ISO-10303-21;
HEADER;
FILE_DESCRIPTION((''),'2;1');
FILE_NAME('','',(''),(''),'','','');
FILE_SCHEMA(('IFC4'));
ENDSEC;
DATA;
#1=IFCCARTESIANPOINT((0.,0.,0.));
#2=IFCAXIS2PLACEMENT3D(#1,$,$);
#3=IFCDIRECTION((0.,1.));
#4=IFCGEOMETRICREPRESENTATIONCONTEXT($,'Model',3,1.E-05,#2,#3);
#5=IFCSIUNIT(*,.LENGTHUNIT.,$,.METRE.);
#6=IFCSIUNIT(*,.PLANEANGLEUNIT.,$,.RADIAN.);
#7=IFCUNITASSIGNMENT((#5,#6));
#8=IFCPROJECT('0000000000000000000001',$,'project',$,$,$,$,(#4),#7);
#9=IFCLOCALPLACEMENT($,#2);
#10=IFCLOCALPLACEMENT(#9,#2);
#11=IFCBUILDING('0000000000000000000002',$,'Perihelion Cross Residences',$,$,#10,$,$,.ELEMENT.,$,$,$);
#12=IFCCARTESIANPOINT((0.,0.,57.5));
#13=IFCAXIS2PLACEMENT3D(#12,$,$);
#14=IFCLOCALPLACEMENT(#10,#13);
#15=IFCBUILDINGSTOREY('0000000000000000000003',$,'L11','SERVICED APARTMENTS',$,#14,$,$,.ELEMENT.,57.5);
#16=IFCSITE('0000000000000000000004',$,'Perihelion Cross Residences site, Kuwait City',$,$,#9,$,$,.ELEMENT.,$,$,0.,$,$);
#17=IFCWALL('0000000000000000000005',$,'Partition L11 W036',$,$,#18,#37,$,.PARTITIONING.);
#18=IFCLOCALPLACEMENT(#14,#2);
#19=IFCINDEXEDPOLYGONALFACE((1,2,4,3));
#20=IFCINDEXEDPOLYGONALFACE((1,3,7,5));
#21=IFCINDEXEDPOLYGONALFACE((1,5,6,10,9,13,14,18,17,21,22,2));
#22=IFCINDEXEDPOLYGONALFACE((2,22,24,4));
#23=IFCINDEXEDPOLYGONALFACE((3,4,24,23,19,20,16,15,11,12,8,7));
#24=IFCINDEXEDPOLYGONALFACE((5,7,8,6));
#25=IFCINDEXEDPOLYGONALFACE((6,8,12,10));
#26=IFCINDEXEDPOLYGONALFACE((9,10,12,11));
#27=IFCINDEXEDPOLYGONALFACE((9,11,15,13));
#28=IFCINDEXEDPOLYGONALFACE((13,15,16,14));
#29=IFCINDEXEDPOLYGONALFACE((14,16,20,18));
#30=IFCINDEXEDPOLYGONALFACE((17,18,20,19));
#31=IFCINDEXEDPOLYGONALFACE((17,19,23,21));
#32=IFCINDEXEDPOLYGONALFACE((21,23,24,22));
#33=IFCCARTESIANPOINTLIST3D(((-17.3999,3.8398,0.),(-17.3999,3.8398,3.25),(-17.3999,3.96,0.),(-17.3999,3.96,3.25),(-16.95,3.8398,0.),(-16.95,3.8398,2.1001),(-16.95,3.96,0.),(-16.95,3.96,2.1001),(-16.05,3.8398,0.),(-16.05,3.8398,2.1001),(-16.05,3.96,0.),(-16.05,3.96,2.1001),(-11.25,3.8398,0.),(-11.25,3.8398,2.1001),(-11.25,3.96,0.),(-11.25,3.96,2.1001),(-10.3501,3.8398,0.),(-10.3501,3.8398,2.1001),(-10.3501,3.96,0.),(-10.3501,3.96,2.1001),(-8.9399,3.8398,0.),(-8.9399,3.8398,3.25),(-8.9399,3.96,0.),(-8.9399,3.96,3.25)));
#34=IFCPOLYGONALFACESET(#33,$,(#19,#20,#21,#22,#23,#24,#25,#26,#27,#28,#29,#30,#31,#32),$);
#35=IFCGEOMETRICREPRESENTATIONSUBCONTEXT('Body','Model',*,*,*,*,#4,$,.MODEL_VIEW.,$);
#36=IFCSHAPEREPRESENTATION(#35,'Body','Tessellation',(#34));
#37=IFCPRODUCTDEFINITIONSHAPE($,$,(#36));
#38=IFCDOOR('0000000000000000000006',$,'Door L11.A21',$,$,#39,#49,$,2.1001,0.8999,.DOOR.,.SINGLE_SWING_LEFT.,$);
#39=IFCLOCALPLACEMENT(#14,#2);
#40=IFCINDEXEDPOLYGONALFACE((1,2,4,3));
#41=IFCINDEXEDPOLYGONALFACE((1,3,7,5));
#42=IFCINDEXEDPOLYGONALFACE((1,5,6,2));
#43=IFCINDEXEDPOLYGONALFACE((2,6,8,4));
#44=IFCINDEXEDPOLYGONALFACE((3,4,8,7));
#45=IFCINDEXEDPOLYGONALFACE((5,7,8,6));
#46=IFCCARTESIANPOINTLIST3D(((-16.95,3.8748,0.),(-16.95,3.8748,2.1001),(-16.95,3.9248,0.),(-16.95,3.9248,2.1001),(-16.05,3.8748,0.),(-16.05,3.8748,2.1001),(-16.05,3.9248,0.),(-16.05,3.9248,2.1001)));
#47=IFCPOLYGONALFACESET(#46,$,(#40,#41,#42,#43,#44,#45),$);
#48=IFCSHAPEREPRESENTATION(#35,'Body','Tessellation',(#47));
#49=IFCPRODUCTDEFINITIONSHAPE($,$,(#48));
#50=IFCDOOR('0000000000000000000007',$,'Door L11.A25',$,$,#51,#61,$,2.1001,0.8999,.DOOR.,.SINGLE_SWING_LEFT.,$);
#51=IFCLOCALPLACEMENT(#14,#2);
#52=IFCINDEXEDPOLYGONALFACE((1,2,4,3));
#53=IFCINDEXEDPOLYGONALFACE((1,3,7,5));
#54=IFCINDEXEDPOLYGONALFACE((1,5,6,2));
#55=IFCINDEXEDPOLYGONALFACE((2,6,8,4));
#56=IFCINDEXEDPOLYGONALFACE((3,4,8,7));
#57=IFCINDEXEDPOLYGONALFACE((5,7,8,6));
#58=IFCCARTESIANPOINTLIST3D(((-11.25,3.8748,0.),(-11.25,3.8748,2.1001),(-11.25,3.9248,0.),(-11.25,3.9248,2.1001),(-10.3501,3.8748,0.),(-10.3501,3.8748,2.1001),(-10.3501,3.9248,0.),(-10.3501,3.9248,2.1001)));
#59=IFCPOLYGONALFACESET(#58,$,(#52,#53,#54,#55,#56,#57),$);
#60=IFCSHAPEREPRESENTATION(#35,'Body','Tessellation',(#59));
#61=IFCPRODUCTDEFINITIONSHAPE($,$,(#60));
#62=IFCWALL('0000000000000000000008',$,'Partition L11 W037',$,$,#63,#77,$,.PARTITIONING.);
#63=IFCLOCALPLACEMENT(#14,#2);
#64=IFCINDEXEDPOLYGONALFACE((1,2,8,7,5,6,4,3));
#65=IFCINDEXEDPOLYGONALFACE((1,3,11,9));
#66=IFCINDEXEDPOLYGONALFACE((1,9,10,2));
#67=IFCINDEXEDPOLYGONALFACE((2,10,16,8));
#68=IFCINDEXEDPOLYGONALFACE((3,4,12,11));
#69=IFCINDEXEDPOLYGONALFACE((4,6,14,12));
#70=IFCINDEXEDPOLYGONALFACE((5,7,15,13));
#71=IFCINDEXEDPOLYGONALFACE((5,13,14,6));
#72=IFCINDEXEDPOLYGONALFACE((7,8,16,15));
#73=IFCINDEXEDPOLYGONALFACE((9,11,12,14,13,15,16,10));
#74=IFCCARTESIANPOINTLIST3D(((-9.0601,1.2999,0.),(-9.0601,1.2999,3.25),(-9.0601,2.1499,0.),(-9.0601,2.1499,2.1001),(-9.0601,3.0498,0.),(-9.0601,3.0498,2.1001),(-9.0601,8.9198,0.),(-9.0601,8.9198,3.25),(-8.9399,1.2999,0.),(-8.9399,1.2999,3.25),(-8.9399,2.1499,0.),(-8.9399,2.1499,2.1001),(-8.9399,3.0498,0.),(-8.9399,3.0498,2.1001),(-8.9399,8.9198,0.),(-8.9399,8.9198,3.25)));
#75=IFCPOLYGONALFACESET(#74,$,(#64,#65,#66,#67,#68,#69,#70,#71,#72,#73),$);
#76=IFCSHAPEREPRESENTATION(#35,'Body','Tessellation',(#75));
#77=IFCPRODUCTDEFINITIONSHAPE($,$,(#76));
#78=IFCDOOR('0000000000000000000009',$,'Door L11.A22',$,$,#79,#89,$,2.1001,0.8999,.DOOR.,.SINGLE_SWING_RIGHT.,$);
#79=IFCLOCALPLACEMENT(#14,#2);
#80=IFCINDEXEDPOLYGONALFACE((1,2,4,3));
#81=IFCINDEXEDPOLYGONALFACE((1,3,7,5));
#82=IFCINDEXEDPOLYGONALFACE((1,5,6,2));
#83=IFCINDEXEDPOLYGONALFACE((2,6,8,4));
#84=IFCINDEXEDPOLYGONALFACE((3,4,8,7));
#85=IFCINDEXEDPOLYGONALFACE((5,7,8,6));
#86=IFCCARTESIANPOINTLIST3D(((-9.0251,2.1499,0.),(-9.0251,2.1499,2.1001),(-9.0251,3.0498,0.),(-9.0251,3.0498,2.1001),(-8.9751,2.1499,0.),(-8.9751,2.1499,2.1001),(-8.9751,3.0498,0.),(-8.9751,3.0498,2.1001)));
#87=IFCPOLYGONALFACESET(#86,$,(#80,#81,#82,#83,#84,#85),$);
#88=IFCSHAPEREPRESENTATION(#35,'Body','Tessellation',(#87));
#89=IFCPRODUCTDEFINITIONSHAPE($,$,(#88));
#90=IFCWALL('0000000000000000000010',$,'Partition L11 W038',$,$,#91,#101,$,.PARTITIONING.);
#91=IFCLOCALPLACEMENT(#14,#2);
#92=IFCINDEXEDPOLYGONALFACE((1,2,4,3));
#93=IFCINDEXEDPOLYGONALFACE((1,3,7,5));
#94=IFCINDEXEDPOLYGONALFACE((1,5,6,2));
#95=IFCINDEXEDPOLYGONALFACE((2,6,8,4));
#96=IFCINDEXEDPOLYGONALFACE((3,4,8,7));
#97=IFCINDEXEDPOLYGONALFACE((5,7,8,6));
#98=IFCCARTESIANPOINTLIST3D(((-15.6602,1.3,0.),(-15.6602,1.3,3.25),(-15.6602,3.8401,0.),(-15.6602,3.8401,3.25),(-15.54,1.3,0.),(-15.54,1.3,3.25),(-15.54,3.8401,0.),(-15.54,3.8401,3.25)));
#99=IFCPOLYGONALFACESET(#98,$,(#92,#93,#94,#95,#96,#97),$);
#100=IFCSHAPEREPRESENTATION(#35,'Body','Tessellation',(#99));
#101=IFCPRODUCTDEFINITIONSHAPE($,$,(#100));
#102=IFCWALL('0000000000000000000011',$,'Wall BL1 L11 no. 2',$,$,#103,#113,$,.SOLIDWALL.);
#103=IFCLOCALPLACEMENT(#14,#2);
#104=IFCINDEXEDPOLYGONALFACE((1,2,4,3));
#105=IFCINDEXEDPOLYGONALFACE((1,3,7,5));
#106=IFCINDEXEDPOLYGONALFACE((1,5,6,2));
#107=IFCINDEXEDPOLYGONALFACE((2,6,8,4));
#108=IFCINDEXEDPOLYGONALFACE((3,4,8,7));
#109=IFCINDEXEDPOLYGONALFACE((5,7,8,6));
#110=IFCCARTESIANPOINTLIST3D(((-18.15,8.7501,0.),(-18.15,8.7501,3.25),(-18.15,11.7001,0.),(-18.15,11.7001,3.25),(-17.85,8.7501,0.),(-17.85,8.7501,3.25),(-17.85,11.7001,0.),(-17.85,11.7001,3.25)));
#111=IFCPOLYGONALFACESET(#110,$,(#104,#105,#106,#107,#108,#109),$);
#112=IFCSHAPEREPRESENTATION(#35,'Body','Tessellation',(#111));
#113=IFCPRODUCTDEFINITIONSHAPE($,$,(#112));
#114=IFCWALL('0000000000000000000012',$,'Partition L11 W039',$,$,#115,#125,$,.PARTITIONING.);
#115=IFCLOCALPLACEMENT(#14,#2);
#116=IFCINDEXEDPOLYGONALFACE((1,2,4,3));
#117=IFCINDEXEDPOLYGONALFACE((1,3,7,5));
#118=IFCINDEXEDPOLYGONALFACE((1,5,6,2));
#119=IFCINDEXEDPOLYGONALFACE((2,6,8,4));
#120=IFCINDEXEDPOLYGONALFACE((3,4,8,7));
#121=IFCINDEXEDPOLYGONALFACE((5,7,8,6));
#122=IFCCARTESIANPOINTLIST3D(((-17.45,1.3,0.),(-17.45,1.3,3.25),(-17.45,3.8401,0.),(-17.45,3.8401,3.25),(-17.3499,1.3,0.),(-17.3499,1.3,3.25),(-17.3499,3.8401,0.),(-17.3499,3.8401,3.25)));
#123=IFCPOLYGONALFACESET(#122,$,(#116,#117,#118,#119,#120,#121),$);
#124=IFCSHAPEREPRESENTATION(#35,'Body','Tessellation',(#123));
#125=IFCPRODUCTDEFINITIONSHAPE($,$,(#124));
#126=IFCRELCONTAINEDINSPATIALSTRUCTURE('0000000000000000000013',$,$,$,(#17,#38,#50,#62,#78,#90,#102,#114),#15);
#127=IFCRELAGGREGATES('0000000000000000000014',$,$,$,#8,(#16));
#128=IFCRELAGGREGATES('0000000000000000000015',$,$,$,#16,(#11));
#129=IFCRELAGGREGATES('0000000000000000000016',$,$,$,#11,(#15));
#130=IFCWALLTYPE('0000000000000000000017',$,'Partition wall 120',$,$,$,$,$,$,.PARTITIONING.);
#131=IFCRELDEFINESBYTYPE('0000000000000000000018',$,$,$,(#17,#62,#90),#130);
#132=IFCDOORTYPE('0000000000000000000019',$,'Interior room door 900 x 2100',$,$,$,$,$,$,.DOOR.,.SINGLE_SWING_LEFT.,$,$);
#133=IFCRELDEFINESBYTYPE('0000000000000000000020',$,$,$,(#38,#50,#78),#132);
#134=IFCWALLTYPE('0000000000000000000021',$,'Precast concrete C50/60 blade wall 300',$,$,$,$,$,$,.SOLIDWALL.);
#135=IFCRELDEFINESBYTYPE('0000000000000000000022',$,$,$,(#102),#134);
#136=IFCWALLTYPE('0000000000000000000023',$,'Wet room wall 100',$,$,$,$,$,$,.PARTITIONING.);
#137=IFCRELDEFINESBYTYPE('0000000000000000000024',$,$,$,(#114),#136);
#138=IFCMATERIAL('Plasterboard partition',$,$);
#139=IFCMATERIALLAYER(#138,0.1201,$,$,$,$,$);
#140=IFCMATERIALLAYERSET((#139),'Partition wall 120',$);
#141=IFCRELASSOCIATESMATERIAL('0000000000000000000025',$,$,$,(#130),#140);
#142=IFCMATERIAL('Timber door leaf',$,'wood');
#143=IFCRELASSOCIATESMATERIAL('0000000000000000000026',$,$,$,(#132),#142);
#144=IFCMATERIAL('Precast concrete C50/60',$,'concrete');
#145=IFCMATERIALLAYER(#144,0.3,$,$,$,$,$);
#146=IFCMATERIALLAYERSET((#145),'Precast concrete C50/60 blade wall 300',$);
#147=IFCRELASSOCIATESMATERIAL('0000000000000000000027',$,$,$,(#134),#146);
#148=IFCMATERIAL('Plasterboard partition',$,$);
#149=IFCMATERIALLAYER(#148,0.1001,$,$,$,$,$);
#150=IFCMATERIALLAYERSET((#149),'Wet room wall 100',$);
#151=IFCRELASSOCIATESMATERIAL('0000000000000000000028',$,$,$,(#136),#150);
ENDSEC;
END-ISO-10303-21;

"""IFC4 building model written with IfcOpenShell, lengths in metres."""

from ifc_helpers import new_model, si_unit, direction, frame, frame_2d, origin, place, context, subcontext, project, spatial, rectangle, extrude, material, layer, layer_set, type_object, element, fill, save


model = new_model("IFC4")

# Units and contexts
model_context = context("Model", 3, precision=1e-05, world=origin(), true_north=direction((0.0, 1.0)))
body_context = subcontext(model_context, "Body", "Model", "MODEL_VIEW")
ifc_project = project(units=[si_unit("LENGTHUNIT", "METRE"), si_unit("PLANEANGLEUNIT", "RADIAN")], contexts=[model_context])

# Site, building, storey
site_placement = place(None, origin())
site = spatial("IfcSite", under=ifc_project, at=site_placement, Name="Perihelion Cross Residences site, Kuwait City", CompositionType="ELEMENT", RefElevation=0.0)
building_placement = place(site_placement, origin())
building = spatial("IfcBuilding", under=site, at=building_placement, Name="Perihelion Cross Residences", CompositionType="ELEMENT")
storey_placement = place(building_placement, frame((0.0, 0.0, 57.5)))
storey = spatial("IfcBuildingStorey", under=building, at=storey_placement, Name="L11", Description="SERVICED APARTMENTS", CompositionType="ELEMENT", Elevation=57.5)

# Shared definitions
ifc_material_1 = material(Name="Plasterboard partition")
ifc_layer_1 = layer(ifc_material_1, 0.1201)
ifc_layer_set_1 = layer_set([ifc_layer_1], Name="Partition wall 120")
wall_type_1 = type_object("IfcWallType", Name="Partition wall 120", PredefinedType="PARTITIONING", material=ifc_layer_set_1)
ifc_material_2 = material(Name="Timber door leaf", Category="wood")
door_type_1 = type_object("IfcDoorType", Name="Interior room door 900 x 2100", OperationType="SINGLE_SWING_LEFT", PredefinedType="DOOR", material=ifc_material_2)

# Wall, openings, doors
wall_1_placement = place(storey_placement, frame((-17.3999, 3.8999, 0.0), z_axis=(0.0, 0.0, 1.0), x_axis=(1.0, 0.0, 0.0)))
wall_1 = element("IfcWall", 1, at=wall_1_placement, inside=storey, type_object=wall_type_1, Name="Partition L11 W036", PredefinedType="PARTITIONING", context=body_context, shape_type="SweptSolid", body=[
    extrude(rectangle(XDim=8.46, YDim=0.1201, at=frame_2d((4.23, 0.0))), origin(), (0.0, 0.0, 1.0), 3.25),
])
opening_1_placement = place(wall_1_placement, frame((0.45, 0.0, 0.0)))
opening_1 = element("IfcOpeningElement", 2, at=opening_1_placement, cuts=wall_1, PredefinedType="OPENING", context=body_context, shape_type="SweptSolid", body=[
    extrude(rectangle(XDim=0.8999, YDim=2.1001, at=frame_2d((0.45, 1.05))), frame((0.0, 0.0701, 0.0), z_axis=(0.0, -1.0, 0.0), x_axis=(1.0, 0.0, 0.0)), (0.0, 0.0, 1.0), 0.1401),
])
opening_2_placement = place(wall_1_placement, frame((6.1499, 0.0, 0.0)))
opening_2 = element("IfcOpeningElement", 3, at=opening_2_placement, cuts=wall_1, PredefinedType="OPENING", context=body_context, shape_type="SweptSolid", body=[
    extrude(rectangle(XDim=0.8999, YDim=2.1001, at=frame_2d((0.45, 1.05))), frame((0.0, 0.0701, 0.0), z_axis=(0.0, -1.0, 0.0), x_axis=(1.0, 0.0, 0.0)), (0.0, 0.0, 1.0), 0.1401),
])
door_1_placement = place(opening_1_placement, origin())
door_1 = element("IfcDoor", 4, at=door_1_placement, inside=storey, type_object=door_type_1, Name="Door L11.A21", OperationType="SINGLE_SWING_LEFT", OverallHeight=2.1001, OverallWidth=0.8999, PredefinedType="DOOR", context=body_context, shape_type="SweptSolid", body=[
    extrude(rectangle(XDim=0.8999, YDim=2.1001, at=frame_2d((0.45, 1.05))), frame((0.0, 0.0249, 0.0), z_axis=(0.0, -1.0, 0.0), x_axis=(1.0, 0.0, 0.0)), (0.0, 0.0, 1.0), 0.05),
])
fill(opening_1, door_1)
door_2_placement = place(opening_2_placement, origin())
door_2 = element("IfcDoor", 5, at=door_2_placement, inside=storey, type_object=door_type_1, Name="Door L11.A25", OperationType="SINGLE_SWING_LEFT", OverallHeight=2.1001, OverallWidth=0.8999, PredefinedType="DOOR", context=body_context, shape_type="SweptSolid", body=[
    extrude(rectangle(XDim=0.8999, YDim=2.1001, at=frame_2d((0.45, 1.05))), frame((0.0, 0.0249, 0.0), z_axis=(0.0, -1.0, 0.0), x_axis=(1.0, 0.0, 0.0)), (0.0, 0.0, 1.0), 0.05),
])
fill(opening_2, door_2)

# Wall, opening, door
wall_2_placement = place(storey_placement, frame((-9.0, 8.9199, 0.0), z_axis=(0.0, 0.0, 1.0), x_axis=(0.0, -1.0, 0.0)))
wall_2 = element("IfcWall", 6, at=wall_2_placement, inside=storey, type_object=wall_type_1, Name="Partition L11 W037", PredefinedType="PARTITIONING", context=body_context, shape_type="SweptSolid", body=[
    extrude(rectangle(XDim=7.6199, YDim=0.1201, at=frame_2d((3.8101, 0.0))), origin(), (0.0, 0.0, 1.0), 3.25),
])
opening_3_placement = place(wall_2_placement, frame((5.8701, 0.0, 0.0)))
opening_3 = element("IfcOpeningElement", 7, at=opening_3_placement, cuts=wall_2, PredefinedType="OPENING", context=body_context, shape_type="SweptSolid", body=[
    extrude(rectangle(XDim=0.8999, YDim=2.1001, at=frame_2d((0.45, 1.05))), frame((0.0, 0.0701, 0.0), z_axis=(0.0, -1.0, 0.0), x_axis=(1.0, 0.0, 0.0)), (0.0, 0.0, 1.0), 0.1401),
])
door_3_placement = place(opening_3_placement, origin())
door_3 = element("IfcDoor", 8, at=door_3_placement, inside=storey, type_object=door_type_1, Name="Door L11.A22", OperationType="SINGLE_SWING_RIGHT", OverallHeight=2.1001, OverallWidth=0.8999, PredefinedType="DOOR", context=body_context, shape_type="SweptSolid", body=[
    extrude(rectangle(XDim=0.8999, YDim=2.1001, at=frame_2d((0.45, 1.05))), frame((0.0, 0.0249, 0.0), z_axis=(0.0, -1.0, 0.0), x_axis=(1.0, 0.0, 0.0)), (0.0, 0.0, 1.0), 0.05),
])
fill(opening_3, door_3)

# Walls
wall_3_placement = place(storey_placement, frame((-15.6001, 1.3, 0.0), z_axis=(0.0, 0.0, 1.0), x_axis=(0.0, 1.0, 0.0)))
element("IfcWall", 9, at=wall_3_placement, inside=storey, type_object=wall_type_1, Name="Partition L11 W038", PredefinedType="PARTITIONING", context=body_context, shape_type="SweptSolid", body=[
    extrude(rectangle(XDim=2.54, YDim=0.1201, at=frame_2d((1.27, 0.0))), origin(), (0.0, 0.0, 1.0), 3.25),
])
ifc_material_3 = material(Name="Precast concrete C50/60", Category="concrete")
ifc_layer_2 = layer(ifc_material_3, 0.3)
ifc_layer_set_2 = layer_set([ifc_layer_2], Name="Precast concrete C50/60 blade wall 300")
wall_type_2 = type_object("IfcWallType", Name="Precast concrete C50/60 blade wall 300", PredefinedType="SOLIDWALL", material=ifc_layer_set_2)
wall_4_placement = place(storey_placement, frame((-18.0, 8.75, 0.0), z_axis=(0.0, 0.0, 1.0), x_axis=(0.0, 1.0, 0.0)))
element("IfcWall", 10, at=wall_4_placement, inside=storey, type_object=wall_type_2, Name="Wall BL1 L11 no. 2", PredefinedType="SOLIDWALL", context=body_context, shape_type="SweptSolid", body=[
    extrude(rectangle(XDim=2.95, YDim=0.3, at=frame_2d((1.4751, 0.0))), origin(), (0.0, 0.0, 1.0), 3.25),
])
ifc_material_4 = material(Name="Plasterboard partition")
ifc_layer_3 = layer(ifc_material_4, 0.1001)
ifc_layer_set_3 = layer_set([ifc_layer_3], Name="Wet room wall 100")
wall_type_3 = type_object("IfcWallType", Name="Wet room wall 100", PredefinedType="PARTITIONING", material=ifc_layer_set_3)
wall_5_placement = place(storey_placement, frame((-17.3999, 1.3, 0.0), z_axis=(0.0, 0.0, 1.0), x_axis=(0.0, 1.0, 0.0)))
element("IfcWall", 11, at=wall_5_placement, inside=storey, type_object=wall_type_3, Name="Partition L11 W039", PredefinedType="PARTITIONING", context=body_context, shape_type="SweptSolid", body=[
    extrude(rectangle(XDim=2.54, YDim=0.1001, at=frame_2d((1.27, 0.0))), origin(), (0.0, 0.0, 1.0), 3.25),
])

save(model, "model.ifc")
